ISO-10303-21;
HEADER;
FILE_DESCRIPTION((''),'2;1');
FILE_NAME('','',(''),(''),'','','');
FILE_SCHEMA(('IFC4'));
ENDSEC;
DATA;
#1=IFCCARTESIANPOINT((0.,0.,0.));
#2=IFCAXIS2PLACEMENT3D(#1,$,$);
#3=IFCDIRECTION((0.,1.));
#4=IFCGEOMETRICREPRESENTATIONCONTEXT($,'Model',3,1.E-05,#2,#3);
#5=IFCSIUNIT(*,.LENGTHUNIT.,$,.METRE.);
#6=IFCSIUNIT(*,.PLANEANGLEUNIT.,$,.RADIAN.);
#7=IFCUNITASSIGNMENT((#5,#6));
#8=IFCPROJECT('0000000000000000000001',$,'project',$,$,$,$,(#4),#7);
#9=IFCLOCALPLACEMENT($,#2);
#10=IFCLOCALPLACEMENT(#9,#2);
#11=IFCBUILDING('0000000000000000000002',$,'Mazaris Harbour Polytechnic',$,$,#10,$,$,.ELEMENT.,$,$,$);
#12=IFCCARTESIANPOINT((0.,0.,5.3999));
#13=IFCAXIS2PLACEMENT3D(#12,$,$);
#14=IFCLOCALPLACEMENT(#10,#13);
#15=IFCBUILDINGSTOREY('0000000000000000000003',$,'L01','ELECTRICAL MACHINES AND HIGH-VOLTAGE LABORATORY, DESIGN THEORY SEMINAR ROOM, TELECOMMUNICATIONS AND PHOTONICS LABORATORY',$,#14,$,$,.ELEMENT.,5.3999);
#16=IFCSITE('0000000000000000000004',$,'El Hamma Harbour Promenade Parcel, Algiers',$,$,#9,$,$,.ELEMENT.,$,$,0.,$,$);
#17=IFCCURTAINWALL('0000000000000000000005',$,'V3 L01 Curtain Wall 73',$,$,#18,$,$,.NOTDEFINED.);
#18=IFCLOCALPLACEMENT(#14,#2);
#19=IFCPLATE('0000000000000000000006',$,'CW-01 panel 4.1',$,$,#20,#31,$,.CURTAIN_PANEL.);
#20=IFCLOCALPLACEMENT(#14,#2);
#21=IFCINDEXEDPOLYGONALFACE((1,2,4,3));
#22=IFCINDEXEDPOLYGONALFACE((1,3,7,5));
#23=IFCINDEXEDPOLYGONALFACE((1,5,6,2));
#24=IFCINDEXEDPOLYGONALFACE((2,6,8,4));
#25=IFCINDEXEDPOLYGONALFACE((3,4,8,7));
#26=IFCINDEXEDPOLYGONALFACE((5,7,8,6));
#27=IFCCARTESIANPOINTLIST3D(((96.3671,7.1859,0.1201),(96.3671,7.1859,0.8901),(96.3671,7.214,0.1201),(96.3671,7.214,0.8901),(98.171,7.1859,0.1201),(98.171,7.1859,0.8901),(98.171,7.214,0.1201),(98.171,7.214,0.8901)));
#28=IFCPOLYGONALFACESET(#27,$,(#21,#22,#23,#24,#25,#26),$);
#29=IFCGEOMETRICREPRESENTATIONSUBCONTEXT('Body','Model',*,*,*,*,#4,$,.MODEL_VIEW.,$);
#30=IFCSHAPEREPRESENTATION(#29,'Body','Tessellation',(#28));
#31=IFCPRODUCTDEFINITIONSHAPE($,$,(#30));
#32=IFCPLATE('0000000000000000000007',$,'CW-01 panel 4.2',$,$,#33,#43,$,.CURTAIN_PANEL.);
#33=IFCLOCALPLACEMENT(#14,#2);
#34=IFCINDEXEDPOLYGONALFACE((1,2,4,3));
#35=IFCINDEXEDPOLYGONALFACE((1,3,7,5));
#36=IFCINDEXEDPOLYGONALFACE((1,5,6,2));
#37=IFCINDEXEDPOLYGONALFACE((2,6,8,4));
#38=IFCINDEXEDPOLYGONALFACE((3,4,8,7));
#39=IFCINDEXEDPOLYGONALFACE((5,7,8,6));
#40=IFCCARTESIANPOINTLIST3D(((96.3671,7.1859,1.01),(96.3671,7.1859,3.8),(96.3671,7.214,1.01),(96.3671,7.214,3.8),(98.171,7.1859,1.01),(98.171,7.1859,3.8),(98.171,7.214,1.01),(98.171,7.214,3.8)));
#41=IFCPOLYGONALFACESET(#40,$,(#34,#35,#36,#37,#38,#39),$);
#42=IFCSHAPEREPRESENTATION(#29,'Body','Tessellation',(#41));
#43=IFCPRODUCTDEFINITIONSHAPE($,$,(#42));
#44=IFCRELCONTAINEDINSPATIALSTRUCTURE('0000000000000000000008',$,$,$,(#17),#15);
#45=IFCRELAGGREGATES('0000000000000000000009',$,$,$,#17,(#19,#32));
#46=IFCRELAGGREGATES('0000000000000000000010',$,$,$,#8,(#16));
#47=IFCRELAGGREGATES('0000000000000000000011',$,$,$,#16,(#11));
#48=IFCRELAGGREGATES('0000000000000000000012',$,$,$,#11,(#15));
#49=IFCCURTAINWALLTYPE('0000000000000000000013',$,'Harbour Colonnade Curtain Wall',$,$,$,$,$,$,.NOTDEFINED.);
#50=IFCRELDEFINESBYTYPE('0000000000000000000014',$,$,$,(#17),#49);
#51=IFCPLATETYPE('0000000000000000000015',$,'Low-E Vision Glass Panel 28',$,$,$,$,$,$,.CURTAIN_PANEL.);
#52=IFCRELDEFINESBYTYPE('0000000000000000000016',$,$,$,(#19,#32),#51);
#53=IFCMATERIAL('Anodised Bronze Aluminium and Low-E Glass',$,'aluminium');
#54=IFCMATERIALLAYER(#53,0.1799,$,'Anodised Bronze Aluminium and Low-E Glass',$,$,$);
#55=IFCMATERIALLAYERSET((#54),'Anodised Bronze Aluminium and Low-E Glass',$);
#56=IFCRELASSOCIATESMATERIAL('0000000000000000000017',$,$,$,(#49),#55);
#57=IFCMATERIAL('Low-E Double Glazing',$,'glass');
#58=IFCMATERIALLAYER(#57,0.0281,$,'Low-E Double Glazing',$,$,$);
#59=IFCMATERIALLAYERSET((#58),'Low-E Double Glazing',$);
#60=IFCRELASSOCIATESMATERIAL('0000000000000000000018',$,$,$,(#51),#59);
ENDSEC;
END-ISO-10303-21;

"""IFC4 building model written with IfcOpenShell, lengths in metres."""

from ifc_helpers import new_model, si_unit, direction, frame, origin, origin_2d, place, context, subcontext, project, spatial, rectangle, extrude, material, layer, layer_set, type_object, element, aggregate, save


model = new_model("IFC4")

# Units and contexts
model_context = context("Model", 3, precision=1e-05, world=origin(), true_north=direction((0.0, 1.0)))
body_context = subcontext(model_context, "Body", "Model", "MODEL_VIEW")
ifc_project = project(units=[si_unit("LENGTHUNIT", "METRE"), si_unit("PLANEANGLEUNIT", "RADIAN")], contexts=[model_context])

# Site, building, storey
site_placement = place(None, origin())
site = spatial("IfcSite", under=ifc_project, at=site_placement, Name="El Hamma Harbour Promenade Parcel, Algiers", CompositionType="ELEMENT", RefElevation=0.0)
building_placement = place(site_placement, origin())
building = spatial("IfcBuilding", under=site, at=building_placement, Name="Mazaris Harbour Polytechnic", CompositionType="ELEMENT")
storey_placement = place(building_placement, frame((0.0, 0.0, 5.3999)))
storey = spatial("IfcBuildingStorey", under=building, at=storey_placement, Name="L01", Description="ELECTRICAL MACHINES AND HIGH-VOLTAGE LABORATORY, DESIGN THEORY SEMINAR ROOM, TELECOMMUNICATIONS AND PHOTONICS LABORATORY", CompositionType="ELEMENT", Elevation=5.3999)

# Shared definitions
ifc_material_1 = material(Name="Anodised Bronze Aluminium and Low-E Glass", Category="aluminium")
ifc_layer_1 = layer(ifc_material_1, 0.1799, Name="Anodised Bronze Aluminium and Low-E Glass")
ifc_layer_set_1 = layer_set([ifc_layer_1], Name="Anodised Bronze Aluminium and Low-E Glass")
curtain_wall_type = type_object("IfcCurtainWallType", Name="Harbour Colonnade Curtain Wall", PredefinedType="NOTDEFINED", material=ifc_layer_set_1)

# Curtain wall
curtain_wall_1_placement = place(storey_placement, origin())
curtain_wall_1 = element("IfcCurtainWall", 1, at=curtain_wall_1_placement, inside=storey, type_object=curtain_wall_type, Name="V3 L01 Curtain Wall 73", PredefinedType="NOTDEFINED")

# Plates
ifc_material_2 = material(Name="Low-E Double Glazing", Category="glass")
ifc_layer_2 = layer(ifc_material_2, 0.0281, Name="Low-E Double Glazing")
ifc_layer_set_2 = layer_set([ifc_layer_2], Name="Low-E Double Glazing")
plate_type = type_object("IfcPlateType", Name="Low-E Vision Glass Panel 28", PredefinedType="CURTAIN_PANEL", material=ifc_layer_set_2)
plate_1_placement = place(storey_placement, frame((97.269, 7.2, 0.1201), z_axis=(0.0, 0.0, 1.0), x_axis=(-1.0, 0.0, 0.0)))
plate_1 = element("IfcPlate", 2, at=plate_1_placement, type_object=plate_type, Name="CW-01 panel 4.1", PredefinedType="CURTAIN_PANEL", context=body_context, shape_type="SweptSolid", body=[
    extrude(rectangle(XDim=1.804, YDim=0.0281, at=origin_2d()), origin(), (0.0, 0.0, 1.0), 0.77),
])
plate_2_placement = place(storey_placement, frame((97.269, 7.2, 1.01), z_axis=(0.0, 0.0, 1.0), x_axis=(-1.0, 0.0, 0.0)))
plate_2 = element("IfcPlate", 3, at=plate_2_placement, type_object=plate_type, Name="CW-01 panel 4.2", PredefinedType="CURTAIN_PANEL", context=body_context, shape_type="SweptSolid", body=[
    extrude(rectangle(XDim=1.804, YDim=0.0281, at=origin_2d()), origin(), (0.0, 0.0, 1.0), 2.79),
])
aggregate(curtain_wall_1, [plate_1, plate_2])

save(model, "model.ifc")
